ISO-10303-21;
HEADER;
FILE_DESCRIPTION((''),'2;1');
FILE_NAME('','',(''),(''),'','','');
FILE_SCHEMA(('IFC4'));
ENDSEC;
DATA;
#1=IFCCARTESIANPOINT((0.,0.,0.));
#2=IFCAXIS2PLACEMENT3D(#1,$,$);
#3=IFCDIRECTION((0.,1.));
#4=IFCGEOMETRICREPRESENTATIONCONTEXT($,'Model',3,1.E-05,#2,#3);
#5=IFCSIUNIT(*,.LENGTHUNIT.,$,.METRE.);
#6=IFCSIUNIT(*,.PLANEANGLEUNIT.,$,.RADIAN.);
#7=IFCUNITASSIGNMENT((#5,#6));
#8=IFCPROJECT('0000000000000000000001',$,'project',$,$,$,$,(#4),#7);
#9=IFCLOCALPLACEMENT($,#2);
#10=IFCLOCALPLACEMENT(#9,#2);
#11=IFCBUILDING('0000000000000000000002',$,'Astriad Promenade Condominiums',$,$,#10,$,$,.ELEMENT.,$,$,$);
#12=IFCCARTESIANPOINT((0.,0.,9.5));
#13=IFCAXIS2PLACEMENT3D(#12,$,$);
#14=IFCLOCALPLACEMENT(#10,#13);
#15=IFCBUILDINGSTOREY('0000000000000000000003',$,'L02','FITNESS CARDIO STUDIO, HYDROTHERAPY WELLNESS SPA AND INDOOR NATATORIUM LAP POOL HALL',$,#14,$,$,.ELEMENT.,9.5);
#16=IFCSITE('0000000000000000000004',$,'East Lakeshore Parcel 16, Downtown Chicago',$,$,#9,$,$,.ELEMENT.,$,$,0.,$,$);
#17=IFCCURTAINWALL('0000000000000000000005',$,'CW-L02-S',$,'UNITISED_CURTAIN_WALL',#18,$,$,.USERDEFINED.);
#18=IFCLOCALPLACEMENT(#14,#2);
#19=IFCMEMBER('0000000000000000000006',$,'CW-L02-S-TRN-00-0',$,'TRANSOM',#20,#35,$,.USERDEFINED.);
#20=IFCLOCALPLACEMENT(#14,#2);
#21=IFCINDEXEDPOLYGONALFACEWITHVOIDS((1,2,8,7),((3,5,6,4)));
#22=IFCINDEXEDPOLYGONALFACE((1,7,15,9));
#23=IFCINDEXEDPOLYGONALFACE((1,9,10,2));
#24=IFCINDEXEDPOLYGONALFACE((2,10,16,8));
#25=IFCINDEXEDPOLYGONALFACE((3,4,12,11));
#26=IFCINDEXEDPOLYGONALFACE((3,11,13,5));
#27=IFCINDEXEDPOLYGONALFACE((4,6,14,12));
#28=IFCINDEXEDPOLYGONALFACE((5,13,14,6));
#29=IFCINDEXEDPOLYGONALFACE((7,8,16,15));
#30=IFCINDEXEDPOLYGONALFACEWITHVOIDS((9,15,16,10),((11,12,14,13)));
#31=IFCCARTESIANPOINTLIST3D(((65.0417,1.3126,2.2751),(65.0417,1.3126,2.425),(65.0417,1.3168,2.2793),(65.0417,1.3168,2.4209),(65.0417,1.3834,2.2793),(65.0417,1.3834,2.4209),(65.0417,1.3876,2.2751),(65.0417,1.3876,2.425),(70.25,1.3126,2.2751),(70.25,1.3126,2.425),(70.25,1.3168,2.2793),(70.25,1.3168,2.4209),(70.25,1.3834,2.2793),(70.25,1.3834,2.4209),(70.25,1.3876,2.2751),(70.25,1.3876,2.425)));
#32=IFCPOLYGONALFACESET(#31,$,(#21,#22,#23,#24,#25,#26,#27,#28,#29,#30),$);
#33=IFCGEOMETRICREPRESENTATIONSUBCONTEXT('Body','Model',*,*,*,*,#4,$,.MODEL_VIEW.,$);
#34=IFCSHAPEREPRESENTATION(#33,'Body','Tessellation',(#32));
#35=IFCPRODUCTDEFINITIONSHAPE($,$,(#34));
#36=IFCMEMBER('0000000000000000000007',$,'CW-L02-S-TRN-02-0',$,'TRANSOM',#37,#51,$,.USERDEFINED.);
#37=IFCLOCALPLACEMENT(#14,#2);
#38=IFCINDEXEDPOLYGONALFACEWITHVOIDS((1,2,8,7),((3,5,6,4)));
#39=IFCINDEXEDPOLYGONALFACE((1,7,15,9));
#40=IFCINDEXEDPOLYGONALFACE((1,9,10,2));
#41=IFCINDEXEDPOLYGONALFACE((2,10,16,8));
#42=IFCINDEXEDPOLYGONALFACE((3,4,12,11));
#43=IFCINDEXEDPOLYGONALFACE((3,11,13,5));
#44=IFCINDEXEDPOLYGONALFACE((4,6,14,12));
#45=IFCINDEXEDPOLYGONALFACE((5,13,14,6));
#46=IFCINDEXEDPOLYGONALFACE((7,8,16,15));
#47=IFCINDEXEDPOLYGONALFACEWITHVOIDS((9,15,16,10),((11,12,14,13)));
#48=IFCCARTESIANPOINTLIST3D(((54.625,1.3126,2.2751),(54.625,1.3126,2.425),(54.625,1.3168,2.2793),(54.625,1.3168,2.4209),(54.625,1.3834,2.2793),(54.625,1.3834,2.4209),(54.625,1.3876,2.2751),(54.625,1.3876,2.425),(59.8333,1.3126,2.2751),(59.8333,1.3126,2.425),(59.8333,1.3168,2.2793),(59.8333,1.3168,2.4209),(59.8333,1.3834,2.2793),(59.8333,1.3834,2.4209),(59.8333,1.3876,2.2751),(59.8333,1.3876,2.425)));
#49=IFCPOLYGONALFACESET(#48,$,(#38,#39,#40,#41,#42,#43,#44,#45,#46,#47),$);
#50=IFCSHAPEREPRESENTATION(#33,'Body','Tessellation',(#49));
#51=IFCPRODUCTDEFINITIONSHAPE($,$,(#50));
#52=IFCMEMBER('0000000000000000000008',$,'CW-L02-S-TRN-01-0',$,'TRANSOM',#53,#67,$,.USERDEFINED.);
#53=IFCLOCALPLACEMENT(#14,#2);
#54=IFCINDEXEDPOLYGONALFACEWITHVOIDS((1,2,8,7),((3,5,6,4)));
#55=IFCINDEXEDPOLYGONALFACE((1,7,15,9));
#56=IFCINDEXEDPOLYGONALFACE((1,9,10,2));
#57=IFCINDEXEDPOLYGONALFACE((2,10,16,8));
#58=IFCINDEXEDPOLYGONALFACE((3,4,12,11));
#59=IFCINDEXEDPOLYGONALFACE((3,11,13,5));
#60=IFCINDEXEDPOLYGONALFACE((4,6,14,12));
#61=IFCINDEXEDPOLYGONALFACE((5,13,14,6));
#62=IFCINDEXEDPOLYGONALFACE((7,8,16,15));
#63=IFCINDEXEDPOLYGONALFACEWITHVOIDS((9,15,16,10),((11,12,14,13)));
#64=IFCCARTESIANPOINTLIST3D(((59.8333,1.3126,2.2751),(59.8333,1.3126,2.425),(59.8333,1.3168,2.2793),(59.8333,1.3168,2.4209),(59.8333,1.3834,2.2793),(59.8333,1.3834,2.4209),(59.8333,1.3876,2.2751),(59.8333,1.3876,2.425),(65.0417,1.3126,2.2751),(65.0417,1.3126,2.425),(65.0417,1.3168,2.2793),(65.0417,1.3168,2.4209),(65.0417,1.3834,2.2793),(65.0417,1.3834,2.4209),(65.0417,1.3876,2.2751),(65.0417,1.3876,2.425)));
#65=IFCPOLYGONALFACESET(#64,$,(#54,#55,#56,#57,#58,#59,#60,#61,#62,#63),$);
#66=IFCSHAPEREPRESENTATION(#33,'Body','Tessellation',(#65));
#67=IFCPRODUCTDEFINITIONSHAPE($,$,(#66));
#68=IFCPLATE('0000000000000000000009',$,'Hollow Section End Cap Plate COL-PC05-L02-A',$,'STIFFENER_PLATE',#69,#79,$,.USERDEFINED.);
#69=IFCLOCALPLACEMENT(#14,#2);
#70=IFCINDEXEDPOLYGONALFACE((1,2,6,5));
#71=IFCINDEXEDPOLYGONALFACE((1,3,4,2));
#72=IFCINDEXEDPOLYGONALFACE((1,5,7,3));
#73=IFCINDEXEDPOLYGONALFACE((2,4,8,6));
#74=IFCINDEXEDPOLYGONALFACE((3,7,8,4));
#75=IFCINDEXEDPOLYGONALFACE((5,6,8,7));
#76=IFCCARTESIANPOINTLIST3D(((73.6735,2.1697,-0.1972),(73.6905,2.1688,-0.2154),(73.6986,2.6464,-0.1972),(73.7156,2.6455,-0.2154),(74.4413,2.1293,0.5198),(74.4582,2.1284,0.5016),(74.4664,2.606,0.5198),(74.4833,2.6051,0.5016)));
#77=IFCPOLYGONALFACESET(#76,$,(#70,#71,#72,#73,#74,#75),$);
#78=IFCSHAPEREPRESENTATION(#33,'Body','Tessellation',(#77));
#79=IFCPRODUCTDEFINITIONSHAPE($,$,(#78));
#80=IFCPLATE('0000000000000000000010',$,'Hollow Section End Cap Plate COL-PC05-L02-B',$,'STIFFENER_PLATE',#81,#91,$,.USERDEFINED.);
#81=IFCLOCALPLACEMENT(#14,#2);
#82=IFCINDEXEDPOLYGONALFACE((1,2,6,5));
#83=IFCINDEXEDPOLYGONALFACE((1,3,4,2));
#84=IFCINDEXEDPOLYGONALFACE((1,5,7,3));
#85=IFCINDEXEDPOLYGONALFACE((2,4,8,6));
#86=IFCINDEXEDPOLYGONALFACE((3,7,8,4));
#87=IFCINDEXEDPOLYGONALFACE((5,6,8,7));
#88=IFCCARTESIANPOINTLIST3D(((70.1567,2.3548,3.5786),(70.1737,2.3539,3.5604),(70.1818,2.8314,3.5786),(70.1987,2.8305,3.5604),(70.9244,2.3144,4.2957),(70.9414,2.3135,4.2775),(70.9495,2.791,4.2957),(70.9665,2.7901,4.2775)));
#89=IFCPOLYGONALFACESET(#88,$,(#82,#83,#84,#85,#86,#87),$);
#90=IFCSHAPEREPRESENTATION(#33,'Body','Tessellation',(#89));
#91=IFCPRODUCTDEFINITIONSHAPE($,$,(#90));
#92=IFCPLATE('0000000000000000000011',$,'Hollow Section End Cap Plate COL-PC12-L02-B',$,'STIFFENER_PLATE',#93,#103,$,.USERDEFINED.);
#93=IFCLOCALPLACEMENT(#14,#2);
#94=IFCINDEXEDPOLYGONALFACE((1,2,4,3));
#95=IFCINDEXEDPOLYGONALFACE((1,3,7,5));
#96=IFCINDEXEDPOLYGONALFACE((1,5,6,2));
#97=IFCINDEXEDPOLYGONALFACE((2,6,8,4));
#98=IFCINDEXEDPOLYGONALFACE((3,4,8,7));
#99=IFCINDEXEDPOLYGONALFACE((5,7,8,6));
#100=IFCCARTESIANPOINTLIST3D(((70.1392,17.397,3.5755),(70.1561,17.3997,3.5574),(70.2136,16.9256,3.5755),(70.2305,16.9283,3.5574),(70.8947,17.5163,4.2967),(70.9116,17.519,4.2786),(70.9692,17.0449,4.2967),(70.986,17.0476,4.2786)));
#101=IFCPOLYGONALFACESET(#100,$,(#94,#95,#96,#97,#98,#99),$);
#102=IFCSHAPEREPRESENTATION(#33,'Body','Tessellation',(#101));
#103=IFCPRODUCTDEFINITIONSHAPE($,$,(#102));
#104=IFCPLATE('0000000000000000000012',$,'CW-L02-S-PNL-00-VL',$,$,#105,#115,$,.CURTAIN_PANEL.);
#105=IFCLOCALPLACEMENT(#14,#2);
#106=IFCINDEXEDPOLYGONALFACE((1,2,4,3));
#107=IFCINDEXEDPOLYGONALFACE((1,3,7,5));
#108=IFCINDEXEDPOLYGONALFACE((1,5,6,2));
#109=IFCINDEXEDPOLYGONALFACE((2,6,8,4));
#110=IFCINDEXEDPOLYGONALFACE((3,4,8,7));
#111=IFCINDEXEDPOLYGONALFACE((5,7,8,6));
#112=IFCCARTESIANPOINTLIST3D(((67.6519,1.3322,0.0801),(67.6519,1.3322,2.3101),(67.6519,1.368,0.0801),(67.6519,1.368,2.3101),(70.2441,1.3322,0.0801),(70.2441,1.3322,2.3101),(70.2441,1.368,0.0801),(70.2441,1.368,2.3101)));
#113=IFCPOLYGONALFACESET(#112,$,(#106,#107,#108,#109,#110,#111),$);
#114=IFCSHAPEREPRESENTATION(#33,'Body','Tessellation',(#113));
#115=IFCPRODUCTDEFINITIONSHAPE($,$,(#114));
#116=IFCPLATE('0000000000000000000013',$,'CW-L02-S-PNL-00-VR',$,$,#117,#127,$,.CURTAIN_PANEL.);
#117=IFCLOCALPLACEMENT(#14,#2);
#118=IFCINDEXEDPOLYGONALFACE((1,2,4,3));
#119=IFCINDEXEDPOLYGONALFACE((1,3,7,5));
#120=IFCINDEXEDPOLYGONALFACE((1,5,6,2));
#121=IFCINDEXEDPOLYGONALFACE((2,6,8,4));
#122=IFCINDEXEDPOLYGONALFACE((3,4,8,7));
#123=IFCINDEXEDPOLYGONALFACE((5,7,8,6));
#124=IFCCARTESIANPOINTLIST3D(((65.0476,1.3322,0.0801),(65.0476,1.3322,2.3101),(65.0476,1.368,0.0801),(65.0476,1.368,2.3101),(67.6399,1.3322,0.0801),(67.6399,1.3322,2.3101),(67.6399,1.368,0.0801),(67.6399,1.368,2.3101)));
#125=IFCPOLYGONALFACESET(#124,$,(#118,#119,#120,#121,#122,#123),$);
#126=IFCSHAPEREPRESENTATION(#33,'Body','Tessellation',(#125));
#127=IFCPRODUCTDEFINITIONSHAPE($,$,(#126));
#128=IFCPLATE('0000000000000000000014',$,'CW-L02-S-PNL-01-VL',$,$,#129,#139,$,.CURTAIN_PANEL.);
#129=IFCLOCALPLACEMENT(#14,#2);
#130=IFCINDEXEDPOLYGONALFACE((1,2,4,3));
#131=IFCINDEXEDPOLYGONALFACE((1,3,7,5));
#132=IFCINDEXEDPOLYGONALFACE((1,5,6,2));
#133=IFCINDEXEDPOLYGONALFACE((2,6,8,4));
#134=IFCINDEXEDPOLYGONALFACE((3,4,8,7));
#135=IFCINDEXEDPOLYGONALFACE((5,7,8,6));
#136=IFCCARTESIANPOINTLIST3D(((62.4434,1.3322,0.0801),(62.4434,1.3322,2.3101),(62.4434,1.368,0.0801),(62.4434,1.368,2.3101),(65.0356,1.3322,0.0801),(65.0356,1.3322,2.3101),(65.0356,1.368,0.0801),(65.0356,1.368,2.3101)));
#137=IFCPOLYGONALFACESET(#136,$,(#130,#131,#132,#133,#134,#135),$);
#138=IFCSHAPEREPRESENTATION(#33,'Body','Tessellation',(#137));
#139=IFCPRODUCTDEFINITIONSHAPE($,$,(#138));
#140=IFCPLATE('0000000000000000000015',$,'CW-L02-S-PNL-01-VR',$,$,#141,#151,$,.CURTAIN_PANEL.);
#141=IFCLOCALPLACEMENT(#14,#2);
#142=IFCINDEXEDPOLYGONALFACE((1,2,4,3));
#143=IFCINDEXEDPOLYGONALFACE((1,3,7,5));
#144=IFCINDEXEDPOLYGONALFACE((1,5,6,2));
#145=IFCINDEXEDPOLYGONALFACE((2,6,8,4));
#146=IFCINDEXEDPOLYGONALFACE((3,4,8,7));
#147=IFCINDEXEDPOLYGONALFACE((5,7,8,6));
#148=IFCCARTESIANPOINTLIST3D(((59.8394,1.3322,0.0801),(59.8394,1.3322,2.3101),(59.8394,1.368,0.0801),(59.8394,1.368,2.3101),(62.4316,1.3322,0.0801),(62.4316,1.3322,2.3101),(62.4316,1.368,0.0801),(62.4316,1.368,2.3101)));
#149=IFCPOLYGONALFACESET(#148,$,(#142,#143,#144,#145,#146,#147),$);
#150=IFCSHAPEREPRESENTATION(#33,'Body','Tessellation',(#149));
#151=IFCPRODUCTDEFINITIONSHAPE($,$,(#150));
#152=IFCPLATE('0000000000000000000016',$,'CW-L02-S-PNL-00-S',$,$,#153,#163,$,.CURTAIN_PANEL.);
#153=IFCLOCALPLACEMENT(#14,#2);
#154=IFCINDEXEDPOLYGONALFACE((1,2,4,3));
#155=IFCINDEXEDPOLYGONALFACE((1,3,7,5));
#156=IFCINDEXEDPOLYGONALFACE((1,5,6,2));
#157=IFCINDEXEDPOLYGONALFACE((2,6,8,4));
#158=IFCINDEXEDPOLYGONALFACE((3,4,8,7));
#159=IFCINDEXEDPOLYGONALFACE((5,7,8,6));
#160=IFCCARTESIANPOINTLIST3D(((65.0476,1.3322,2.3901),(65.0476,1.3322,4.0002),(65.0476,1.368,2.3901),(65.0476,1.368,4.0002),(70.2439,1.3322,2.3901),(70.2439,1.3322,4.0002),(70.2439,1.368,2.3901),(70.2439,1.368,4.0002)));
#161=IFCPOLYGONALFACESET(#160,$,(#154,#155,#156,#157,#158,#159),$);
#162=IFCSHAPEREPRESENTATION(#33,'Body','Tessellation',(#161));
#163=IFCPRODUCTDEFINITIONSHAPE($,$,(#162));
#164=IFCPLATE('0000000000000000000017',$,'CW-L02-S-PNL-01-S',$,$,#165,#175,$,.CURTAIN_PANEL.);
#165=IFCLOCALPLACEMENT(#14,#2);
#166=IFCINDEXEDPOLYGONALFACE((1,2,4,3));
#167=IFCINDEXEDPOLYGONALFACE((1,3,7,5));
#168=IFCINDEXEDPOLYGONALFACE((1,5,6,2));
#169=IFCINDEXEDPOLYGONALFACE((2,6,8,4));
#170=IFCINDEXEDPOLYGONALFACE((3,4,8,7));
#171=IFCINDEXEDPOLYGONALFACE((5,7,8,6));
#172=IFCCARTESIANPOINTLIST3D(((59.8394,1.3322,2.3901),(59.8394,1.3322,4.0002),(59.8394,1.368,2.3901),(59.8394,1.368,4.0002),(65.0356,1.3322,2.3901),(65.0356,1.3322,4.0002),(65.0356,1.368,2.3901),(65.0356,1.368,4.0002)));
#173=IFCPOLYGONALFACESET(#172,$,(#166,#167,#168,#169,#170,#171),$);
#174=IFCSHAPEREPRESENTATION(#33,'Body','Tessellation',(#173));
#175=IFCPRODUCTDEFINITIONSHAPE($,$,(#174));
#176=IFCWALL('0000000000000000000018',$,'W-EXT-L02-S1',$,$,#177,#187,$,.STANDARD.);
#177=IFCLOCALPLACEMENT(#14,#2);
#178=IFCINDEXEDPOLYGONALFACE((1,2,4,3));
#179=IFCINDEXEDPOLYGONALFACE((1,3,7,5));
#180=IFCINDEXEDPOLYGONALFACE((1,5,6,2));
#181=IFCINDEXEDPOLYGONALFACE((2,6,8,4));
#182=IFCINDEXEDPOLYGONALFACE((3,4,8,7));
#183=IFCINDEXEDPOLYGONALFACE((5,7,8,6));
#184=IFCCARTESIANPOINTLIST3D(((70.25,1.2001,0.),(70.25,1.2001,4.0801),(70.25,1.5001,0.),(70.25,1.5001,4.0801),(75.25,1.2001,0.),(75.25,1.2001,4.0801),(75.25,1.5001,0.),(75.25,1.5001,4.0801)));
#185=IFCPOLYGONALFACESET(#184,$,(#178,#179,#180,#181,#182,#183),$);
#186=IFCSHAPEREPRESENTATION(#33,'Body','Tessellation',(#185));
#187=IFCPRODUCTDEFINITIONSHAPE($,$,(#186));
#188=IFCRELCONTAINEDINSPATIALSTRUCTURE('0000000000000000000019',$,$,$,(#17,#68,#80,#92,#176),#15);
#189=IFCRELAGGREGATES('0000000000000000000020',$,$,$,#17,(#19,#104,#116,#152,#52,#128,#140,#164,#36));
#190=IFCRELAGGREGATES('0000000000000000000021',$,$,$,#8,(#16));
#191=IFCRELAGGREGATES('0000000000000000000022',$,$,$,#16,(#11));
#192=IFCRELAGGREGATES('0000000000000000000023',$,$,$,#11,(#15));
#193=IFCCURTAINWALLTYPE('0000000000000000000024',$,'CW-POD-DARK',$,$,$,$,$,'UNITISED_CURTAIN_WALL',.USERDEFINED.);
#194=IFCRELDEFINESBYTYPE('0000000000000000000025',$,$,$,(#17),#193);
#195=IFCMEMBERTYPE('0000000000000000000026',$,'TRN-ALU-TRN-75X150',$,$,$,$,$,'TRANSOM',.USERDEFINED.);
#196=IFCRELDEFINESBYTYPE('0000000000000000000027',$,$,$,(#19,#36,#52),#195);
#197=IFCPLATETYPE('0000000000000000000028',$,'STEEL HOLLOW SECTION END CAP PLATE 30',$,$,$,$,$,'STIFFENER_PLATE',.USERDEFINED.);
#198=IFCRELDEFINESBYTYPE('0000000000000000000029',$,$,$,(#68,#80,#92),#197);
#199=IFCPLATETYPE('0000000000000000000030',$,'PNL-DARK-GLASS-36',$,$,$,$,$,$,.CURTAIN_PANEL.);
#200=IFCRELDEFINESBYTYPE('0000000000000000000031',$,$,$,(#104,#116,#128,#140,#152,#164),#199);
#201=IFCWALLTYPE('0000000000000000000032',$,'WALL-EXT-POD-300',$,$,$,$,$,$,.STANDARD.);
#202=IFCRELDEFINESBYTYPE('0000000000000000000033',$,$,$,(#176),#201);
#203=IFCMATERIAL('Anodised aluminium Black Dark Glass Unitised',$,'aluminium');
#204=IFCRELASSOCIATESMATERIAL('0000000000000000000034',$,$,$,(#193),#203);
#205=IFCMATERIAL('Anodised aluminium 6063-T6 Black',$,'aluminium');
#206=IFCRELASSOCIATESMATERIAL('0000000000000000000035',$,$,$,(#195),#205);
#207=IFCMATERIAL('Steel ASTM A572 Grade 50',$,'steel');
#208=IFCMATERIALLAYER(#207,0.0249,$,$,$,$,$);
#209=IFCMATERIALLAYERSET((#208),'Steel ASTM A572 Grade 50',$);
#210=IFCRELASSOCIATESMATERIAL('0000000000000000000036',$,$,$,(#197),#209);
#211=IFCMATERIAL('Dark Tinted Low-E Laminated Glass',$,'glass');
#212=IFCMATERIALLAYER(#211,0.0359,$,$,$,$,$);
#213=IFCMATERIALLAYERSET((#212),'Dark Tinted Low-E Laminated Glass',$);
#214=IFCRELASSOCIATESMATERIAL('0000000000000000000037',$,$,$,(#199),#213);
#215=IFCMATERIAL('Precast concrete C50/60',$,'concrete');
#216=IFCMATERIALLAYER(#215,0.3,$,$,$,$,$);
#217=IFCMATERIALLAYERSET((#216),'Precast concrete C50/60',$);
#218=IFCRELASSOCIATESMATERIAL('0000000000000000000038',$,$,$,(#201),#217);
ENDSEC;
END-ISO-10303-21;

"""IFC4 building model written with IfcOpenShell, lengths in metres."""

from ifc_helpers import new_model, si_unit, direction, frame, frame_2d, origin, origin_2d, place, context, subcontext, project, spatial, rectangle, hollow_rectangle, extrude, source, transform, mapped, material, layer, layer_set, material_profile, profile_set, type_object, type_shapes, element, aggregate, save


model = new_model("IFC4")

# Units and contexts
model_context = context("Model", 3, precision=1e-05, world=origin(), true_north=direction((0.0, 1.0)))
body_context = subcontext(model_context, "Body", "Model", "MODEL_VIEW")
ifc_project = project(units=[si_unit("LENGTHUNIT", "METRE"), si_unit("PLANEANGLEUNIT", "RADIAN")], contexts=[model_context])

# Site, building, storey
site_placement = place(None, origin())
site = spatial("IfcSite", under=ifc_project, at=site_placement, Name="East Lakeshore Parcel 16, Downtown Chicago", CompositionType="ELEMENT", RefElevation=0.0)
building_placement = place(site_placement, origin())
building = spatial("IfcBuilding", under=site, at=building_placement, Name="Astriad Promenade Condominiums", CompositionType="ELEMENT")
storey_placement = place(building_placement, frame((0.0, 0.0, 9.5)))
storey = spatial("IfcBuildingStorey", under=building, at=storey_placement, Name="L02", Description="FITNESS CARDIO STUDIO, HYDROTHERAPY WELLNESS SPA AND INDOOR NATATORIUM LAP POOL HALL", CompositionType="ELEMENT", Elevation=9.5)

# Curtain wall, members
ifc_material_1 = material(Name="Anodised aluminium Black Dark Glass Unitised", Category="aluminium")
curtain_wall_type = type_object("IfcCurtainWallType", Name="CW-POD-DARK", ElementType="UNITISED_CURTAIN_WALL", PredefinedType="USERDEFINED", material=ifc_material_1)
curtain_wall_placement = place(storey_placement, origin())
curtain_wall = element("IfcCurtainWall", 1, at=curtain_wall_placement, inside=storey, type_object=curtain_wall_type, Name="CW-L02-S", ObjectType="UNITISED_CURTAIN_WALL", PredefinedType="USERDEFINED")
ifc_material_2 = material(Name="Anodised aluminium 6063-T6 Black", Category="aluminium")
ifc_material_profile_1 = material_profile(ifc_material_2, hollow_rectangle(XDim=0.075, YDim=0.1499, WallThickness=0.0042, at=origin_2d()), Name="ALU-TRN-75X150")
ifc_profile_set_1 = profile_set([ifc_material_profile_1], Name="Anodised aluminium 6063-T6 Black")
member_type_1 = type_object("IfcMemberType", Name="TRN-ALU-TRN-75X150", ElementType="TRANSOM", PredefinedType="USERDEFINED", material=ifc_profile_set_1)
shared_shape_1 = source(origin(), body_context, "Body", "SweptSolid", [
    extrude(hollow_rectangle(XDim=0.075, YDim=0.1499, WallThickness=0.0042, at=origin_2d()), origin(), (0.0, 0.0, 1.0), 5.2083),
])
member_1_placement = place(storey_placement, frame((70.25, 1.3501, 2.3501), z_axis=(-1.0, 0.0, 0.0), x_axis=(0.0, -1.0, 0.0)))
member_1 = element("IfcMember", 2, at=member_1_placement, type_object=member_type_1, Name="CW-L02-S-TRN-00-0", ObjectType="TRANSOM", PredefinedType="USERDEFINED", context=body_context, shape_type="MappedRepresentation", body=[
    mapped(shared_shape_1, transform((0.0, 0.0, 0.0), scale=1.0)),
])
member_2_placement = place(storey_placement, frame((59.8333, 1.3501, 2.3501), z_axis=(-1.0, 0.0, 0.0), x_axis=(0.0, -1.0, 0.0)))
member_2 = element("IfcMember", 3, at=member_2_placement, type_object=member_type_1, Name="CW-L02-S-TRN-02-0", ObjectType="TRANSOM", PredefinedType="USERDEFINED", context=body_context, shape_type="MappedRepresentation", body=[
    mapped(shared_shape_1, transform((0.0, 0.0, 0.0), scale=1.0)),
])
shared_shape_2 = source(origin(), body_context, "Body", "SweptSolid", [
    extrude(hollow_rectangle(XDim=0.075, YDim=0.1499, WallThickness=0.0042, at=origin_2d()), origin(), (0.0, 0.0, 1.0), 5.2085),
])
type_shapes(member_type_1, [shared_shape_1, shared_shape_2])
member_3_placement = place(storey_placement, frame((65.0417, 1.3501, 2.3501), z_axis=(-1.0, 0.0, 0.0), x_axis=(0.0, -1.0, 0.0)))
member_3 = element("IfcMember", 4, at=member_3_placement, type_object=member_type_1, Name="CW-L02-S-TRN-01-0", ObjectType="TRANSOM", PredefinedType="USERDEFINED", context=body_context, shape_type="MappedRepresentation", body=[
    mapped(shared_shape_2, transform((0.0, 0.0, 0.0), scale=1.0)),
])

# Plates
ifc_material_3 = material(Name="Steel ASTM A572 Grade 50", Category="steel")
ifc_layer_1 = layer(ifc_material_3, 0.0249)
ifc_layer_set_1 = layer_set([ifc_layer_1], Name="Steel ASTM A572 Grade 50")
plate_type_1 = type_object("IfcPlateType", Name="STEEL HOLLOW SECTION END CAP PLATE 30", ElementType="STIFFENER_PLATE", PredefinedType="USERDEFINED", material=ifc_layer_set_1)
shared_shape_3 = source(origin(), body_context, "Body", "SweptSolid", [
    extrude(rectangle(XDim=0.4773, YDim=1.0513, at=origin_2d()), origin(), (0.0, 0.0, 1.0), 0.0249),
])
type_shapes(plate_type_1, [shared_shape_3])
for number, where, z_axis, x_axis, name in (
    (5, (74.0869, 2.387, 0.1431), (-0.681121, 0.035848, 0.731293), (-0.052559, -0.998618, 0.0), "Hollow Section End Cap Plate COL-PC05-L02-A"),
    (6, (70.5701, 2.572, 3.9189), (-0.681121, 0.035848, 0.731293), (-0.052559, -0.998618, 0.0), "Hollow Section End Cap Plate COL-PC05-L02-B"),
    (7, (70.571, 17.2236, 3.918), (-0.677634, -0.107005, 0.727573), (0.155977, -0.987761, 0.0), "Hollow Section End Cap Plate COL-PC12-L02-B"),
):
    element("IfcPlate", number, at=place(storey_placement, frame(where, z_axis=z_axis, x_axis=x_axis)), inside=storey, type_object=plate_type_1, Name=name, ObjectType="STIFFENER_PLATE", PredefinedType="USERDEFINED", context=body_context, shape_type="MappedRepresentation", body=[
        mapped(shared_shape_3, transform((0.0, 0.0, 0.0), scale=1.0)),
    ])

# Plates
ifc_material_4 = material(Name="Dark Tinted Low-E Laminated Glass", Category="glass")
ifc_layer_2 = layer(ifc_material_4, 0.0359)
ifc_layer_set_2 = layer_set([ifc_layer_2], Name="Dark Tinted Low-E Laminated Glass")
plate_type_2 = type_object("IfcPlateType", Name="PNL-DARK-GLASS-36", PredefinedType="CURTAIN_PANEL", material=ifc_layer_set_2)
shared_shape_4 = source(origin(), body_context, "Body", "SweptSolid", [
    extrude(rectangle(XDim=2.5923, YDim=0.0359, at=origin_2d()), origin(), (0.0, 0.0, 1.0), 2.23),
])
plate_1_placement = place(storey_placement, frame((68.948, 1.3501, 0.0801), z_axis=(0.0, 0.0, 1.0), x_axis=(-1.0, 0.0, 0.0)))
plate_1 = element("IfcPlate", 8, at=plate_1_placement, type_object=plate_type_2, Name="CW-L02-S-PNL-00-VL", PredefinedType="CURTAIN_PANEL", context=body_context, shape_type="MappedRepresentation", body=[
    mapped(shared_shape_4, transform((0.0, 0.0, 0.0), scale=1.0)),
])
plate_2_placement = place(storey_placement, frame((66.3438, 1.3501, 0.0801), z_axis=(0.0, 0.0, 1.0), x_axis=(-1.0, 0.0, 0.0)))
plate_2 = element("IfcPlate", 9, at=plate_2_placement, type_object=plate_type_2, Name="CW-L02-S-PNL-00-VR", PredefinedType="CURTAIN_PANEL", context=body_context, shape_type="MappedRepresentation", body=[
    mapped(shared_shape_4, transform((0.0, 0.0, 0.0), scale=1.0)),
])
plate_3_placement = place(storey_placement, frame((63.7395, 1.3501, 0.0801), z_axis=(0.0, 0.0, 1.0), x_axis=(-1.0, 0.0, 0.0)))
plate_3 = element("IfcPlate", 10, at=plate_3_placement, type_object=plate_type_2, Name="CW-L02-S-PNL-01-VL", PredefinedType="CURTAIN_PANEL", context=body_context, shape_type="MappedRepresentation", body=[
    mapped(shared_shape_4, transform((0.0, 0.0, 0.0), scale=1.0)),
])
plate_4_placement = place(storey_placement, frame((61.1355, 1.3501, 0.0801), z_axis=(0.0, 0.0, 1.0), x_axis=(-1.0, 0.0, 0.0)))
plate_4 = element("IfcPlate", 11, at=plate_4_placement, type_object=plate_type_2, Name="CW-L02-S-PNL-01-VR", PredefinedType="CURTAIN_PANEL", context=body_context, shape_type="MappedRepresentation", body=[
    mapped(shared_shape_4, transform((0.0, 0.0, 0.0), scale=1.0)),
])
shared_shape_5 = source(origin(), body_context, "Body", "SweptSolid", [
    extrude(rectangle(XDim=5.1963, YDim=0.0359, at=origin_2d()), origin(), (0.0, 0.0, 1.0), 1.6101),
])
type_shapes(plate_type_2, [shared_shape_4, shared_shape_5])
plate_5_placement = place(storey_placement, frame((67.6458, 1.3501, 2.3901), z_axis=(0.0, 0.0, 1.0), x_axis=(-1.0, 0.0, 0.0)))
plate_5 = element("IfcPlate", 12, at=plate_5_placement, type_object=plate_type_2, Name="CW-L02-S-PNL-00-S", PredefinedType="CURTAIN_PANEL", context=body_context, shape_type="MappedRepresentation", body=[
    mapped(shared_shape_5, transform((0.0, 0.0, 0.0), scale=1.0)),
])
plate_6_placement = place(storey_placement, frame((62.4375, 1.3501, 2.3901), z_axis=(0.0, 0.0, 1.0), x_axis=(-1.0, 0.0, 0.0)))
plate_6 = element("IfcPlate", 13, at=plate_6_placement, type_object=plate_type_2, Name="CW-L02-S-PNL-01-S", PredefinedType="CURTAIN_PANEL", context=body_context, shape_type="MappedRepresentation", body=[
    mapped(shared_shape_5, transform((0.0, 0.0, 0.0), scale=1.0)),
])
aggregate(curtain_wall, [member_1, plate_1, plate_2, plate_5, member_3, plate_3, plate_4, plate_6, member_2])

# Wall
ifc_material_5 = material(Name="Precast concrete C50/60", Category="concrete")
ifc_layer_3 = layer(ifc_material_5, 0.3)
ifc_layer_set_3 = layer_set([ifc_layer_3], Name="Precast concrete C50/60")
wall_type_1 = type_object("IfcWallType", Name="WALL-EXT-POD-300", PredefinedType="STANDARD", material=ifc_layer_set_3)
wall_1_placement = place(storey_placement, frame((75.25, 1.3501, 0.0), z_axis=(0.0, 0.0, 1.0), x_axis=(-1.0, 0.0, 0.0)))
element("IfcWall", 14, at=wall_1_placement, inside=storey, type_object=wall_type_1, Name="W-EXT-L02-S1", PredefinedType="STANDARD", context=body_context, shape_type="SweptSolid", body=[
    extrude(rectangle(XDim=5.0, YDim=0.3, at=frame_2d((2.5, 0.0))), origin(), (0.0, 0.0, 1.0), 4.0801),
])

save(model, "model.ifc")
